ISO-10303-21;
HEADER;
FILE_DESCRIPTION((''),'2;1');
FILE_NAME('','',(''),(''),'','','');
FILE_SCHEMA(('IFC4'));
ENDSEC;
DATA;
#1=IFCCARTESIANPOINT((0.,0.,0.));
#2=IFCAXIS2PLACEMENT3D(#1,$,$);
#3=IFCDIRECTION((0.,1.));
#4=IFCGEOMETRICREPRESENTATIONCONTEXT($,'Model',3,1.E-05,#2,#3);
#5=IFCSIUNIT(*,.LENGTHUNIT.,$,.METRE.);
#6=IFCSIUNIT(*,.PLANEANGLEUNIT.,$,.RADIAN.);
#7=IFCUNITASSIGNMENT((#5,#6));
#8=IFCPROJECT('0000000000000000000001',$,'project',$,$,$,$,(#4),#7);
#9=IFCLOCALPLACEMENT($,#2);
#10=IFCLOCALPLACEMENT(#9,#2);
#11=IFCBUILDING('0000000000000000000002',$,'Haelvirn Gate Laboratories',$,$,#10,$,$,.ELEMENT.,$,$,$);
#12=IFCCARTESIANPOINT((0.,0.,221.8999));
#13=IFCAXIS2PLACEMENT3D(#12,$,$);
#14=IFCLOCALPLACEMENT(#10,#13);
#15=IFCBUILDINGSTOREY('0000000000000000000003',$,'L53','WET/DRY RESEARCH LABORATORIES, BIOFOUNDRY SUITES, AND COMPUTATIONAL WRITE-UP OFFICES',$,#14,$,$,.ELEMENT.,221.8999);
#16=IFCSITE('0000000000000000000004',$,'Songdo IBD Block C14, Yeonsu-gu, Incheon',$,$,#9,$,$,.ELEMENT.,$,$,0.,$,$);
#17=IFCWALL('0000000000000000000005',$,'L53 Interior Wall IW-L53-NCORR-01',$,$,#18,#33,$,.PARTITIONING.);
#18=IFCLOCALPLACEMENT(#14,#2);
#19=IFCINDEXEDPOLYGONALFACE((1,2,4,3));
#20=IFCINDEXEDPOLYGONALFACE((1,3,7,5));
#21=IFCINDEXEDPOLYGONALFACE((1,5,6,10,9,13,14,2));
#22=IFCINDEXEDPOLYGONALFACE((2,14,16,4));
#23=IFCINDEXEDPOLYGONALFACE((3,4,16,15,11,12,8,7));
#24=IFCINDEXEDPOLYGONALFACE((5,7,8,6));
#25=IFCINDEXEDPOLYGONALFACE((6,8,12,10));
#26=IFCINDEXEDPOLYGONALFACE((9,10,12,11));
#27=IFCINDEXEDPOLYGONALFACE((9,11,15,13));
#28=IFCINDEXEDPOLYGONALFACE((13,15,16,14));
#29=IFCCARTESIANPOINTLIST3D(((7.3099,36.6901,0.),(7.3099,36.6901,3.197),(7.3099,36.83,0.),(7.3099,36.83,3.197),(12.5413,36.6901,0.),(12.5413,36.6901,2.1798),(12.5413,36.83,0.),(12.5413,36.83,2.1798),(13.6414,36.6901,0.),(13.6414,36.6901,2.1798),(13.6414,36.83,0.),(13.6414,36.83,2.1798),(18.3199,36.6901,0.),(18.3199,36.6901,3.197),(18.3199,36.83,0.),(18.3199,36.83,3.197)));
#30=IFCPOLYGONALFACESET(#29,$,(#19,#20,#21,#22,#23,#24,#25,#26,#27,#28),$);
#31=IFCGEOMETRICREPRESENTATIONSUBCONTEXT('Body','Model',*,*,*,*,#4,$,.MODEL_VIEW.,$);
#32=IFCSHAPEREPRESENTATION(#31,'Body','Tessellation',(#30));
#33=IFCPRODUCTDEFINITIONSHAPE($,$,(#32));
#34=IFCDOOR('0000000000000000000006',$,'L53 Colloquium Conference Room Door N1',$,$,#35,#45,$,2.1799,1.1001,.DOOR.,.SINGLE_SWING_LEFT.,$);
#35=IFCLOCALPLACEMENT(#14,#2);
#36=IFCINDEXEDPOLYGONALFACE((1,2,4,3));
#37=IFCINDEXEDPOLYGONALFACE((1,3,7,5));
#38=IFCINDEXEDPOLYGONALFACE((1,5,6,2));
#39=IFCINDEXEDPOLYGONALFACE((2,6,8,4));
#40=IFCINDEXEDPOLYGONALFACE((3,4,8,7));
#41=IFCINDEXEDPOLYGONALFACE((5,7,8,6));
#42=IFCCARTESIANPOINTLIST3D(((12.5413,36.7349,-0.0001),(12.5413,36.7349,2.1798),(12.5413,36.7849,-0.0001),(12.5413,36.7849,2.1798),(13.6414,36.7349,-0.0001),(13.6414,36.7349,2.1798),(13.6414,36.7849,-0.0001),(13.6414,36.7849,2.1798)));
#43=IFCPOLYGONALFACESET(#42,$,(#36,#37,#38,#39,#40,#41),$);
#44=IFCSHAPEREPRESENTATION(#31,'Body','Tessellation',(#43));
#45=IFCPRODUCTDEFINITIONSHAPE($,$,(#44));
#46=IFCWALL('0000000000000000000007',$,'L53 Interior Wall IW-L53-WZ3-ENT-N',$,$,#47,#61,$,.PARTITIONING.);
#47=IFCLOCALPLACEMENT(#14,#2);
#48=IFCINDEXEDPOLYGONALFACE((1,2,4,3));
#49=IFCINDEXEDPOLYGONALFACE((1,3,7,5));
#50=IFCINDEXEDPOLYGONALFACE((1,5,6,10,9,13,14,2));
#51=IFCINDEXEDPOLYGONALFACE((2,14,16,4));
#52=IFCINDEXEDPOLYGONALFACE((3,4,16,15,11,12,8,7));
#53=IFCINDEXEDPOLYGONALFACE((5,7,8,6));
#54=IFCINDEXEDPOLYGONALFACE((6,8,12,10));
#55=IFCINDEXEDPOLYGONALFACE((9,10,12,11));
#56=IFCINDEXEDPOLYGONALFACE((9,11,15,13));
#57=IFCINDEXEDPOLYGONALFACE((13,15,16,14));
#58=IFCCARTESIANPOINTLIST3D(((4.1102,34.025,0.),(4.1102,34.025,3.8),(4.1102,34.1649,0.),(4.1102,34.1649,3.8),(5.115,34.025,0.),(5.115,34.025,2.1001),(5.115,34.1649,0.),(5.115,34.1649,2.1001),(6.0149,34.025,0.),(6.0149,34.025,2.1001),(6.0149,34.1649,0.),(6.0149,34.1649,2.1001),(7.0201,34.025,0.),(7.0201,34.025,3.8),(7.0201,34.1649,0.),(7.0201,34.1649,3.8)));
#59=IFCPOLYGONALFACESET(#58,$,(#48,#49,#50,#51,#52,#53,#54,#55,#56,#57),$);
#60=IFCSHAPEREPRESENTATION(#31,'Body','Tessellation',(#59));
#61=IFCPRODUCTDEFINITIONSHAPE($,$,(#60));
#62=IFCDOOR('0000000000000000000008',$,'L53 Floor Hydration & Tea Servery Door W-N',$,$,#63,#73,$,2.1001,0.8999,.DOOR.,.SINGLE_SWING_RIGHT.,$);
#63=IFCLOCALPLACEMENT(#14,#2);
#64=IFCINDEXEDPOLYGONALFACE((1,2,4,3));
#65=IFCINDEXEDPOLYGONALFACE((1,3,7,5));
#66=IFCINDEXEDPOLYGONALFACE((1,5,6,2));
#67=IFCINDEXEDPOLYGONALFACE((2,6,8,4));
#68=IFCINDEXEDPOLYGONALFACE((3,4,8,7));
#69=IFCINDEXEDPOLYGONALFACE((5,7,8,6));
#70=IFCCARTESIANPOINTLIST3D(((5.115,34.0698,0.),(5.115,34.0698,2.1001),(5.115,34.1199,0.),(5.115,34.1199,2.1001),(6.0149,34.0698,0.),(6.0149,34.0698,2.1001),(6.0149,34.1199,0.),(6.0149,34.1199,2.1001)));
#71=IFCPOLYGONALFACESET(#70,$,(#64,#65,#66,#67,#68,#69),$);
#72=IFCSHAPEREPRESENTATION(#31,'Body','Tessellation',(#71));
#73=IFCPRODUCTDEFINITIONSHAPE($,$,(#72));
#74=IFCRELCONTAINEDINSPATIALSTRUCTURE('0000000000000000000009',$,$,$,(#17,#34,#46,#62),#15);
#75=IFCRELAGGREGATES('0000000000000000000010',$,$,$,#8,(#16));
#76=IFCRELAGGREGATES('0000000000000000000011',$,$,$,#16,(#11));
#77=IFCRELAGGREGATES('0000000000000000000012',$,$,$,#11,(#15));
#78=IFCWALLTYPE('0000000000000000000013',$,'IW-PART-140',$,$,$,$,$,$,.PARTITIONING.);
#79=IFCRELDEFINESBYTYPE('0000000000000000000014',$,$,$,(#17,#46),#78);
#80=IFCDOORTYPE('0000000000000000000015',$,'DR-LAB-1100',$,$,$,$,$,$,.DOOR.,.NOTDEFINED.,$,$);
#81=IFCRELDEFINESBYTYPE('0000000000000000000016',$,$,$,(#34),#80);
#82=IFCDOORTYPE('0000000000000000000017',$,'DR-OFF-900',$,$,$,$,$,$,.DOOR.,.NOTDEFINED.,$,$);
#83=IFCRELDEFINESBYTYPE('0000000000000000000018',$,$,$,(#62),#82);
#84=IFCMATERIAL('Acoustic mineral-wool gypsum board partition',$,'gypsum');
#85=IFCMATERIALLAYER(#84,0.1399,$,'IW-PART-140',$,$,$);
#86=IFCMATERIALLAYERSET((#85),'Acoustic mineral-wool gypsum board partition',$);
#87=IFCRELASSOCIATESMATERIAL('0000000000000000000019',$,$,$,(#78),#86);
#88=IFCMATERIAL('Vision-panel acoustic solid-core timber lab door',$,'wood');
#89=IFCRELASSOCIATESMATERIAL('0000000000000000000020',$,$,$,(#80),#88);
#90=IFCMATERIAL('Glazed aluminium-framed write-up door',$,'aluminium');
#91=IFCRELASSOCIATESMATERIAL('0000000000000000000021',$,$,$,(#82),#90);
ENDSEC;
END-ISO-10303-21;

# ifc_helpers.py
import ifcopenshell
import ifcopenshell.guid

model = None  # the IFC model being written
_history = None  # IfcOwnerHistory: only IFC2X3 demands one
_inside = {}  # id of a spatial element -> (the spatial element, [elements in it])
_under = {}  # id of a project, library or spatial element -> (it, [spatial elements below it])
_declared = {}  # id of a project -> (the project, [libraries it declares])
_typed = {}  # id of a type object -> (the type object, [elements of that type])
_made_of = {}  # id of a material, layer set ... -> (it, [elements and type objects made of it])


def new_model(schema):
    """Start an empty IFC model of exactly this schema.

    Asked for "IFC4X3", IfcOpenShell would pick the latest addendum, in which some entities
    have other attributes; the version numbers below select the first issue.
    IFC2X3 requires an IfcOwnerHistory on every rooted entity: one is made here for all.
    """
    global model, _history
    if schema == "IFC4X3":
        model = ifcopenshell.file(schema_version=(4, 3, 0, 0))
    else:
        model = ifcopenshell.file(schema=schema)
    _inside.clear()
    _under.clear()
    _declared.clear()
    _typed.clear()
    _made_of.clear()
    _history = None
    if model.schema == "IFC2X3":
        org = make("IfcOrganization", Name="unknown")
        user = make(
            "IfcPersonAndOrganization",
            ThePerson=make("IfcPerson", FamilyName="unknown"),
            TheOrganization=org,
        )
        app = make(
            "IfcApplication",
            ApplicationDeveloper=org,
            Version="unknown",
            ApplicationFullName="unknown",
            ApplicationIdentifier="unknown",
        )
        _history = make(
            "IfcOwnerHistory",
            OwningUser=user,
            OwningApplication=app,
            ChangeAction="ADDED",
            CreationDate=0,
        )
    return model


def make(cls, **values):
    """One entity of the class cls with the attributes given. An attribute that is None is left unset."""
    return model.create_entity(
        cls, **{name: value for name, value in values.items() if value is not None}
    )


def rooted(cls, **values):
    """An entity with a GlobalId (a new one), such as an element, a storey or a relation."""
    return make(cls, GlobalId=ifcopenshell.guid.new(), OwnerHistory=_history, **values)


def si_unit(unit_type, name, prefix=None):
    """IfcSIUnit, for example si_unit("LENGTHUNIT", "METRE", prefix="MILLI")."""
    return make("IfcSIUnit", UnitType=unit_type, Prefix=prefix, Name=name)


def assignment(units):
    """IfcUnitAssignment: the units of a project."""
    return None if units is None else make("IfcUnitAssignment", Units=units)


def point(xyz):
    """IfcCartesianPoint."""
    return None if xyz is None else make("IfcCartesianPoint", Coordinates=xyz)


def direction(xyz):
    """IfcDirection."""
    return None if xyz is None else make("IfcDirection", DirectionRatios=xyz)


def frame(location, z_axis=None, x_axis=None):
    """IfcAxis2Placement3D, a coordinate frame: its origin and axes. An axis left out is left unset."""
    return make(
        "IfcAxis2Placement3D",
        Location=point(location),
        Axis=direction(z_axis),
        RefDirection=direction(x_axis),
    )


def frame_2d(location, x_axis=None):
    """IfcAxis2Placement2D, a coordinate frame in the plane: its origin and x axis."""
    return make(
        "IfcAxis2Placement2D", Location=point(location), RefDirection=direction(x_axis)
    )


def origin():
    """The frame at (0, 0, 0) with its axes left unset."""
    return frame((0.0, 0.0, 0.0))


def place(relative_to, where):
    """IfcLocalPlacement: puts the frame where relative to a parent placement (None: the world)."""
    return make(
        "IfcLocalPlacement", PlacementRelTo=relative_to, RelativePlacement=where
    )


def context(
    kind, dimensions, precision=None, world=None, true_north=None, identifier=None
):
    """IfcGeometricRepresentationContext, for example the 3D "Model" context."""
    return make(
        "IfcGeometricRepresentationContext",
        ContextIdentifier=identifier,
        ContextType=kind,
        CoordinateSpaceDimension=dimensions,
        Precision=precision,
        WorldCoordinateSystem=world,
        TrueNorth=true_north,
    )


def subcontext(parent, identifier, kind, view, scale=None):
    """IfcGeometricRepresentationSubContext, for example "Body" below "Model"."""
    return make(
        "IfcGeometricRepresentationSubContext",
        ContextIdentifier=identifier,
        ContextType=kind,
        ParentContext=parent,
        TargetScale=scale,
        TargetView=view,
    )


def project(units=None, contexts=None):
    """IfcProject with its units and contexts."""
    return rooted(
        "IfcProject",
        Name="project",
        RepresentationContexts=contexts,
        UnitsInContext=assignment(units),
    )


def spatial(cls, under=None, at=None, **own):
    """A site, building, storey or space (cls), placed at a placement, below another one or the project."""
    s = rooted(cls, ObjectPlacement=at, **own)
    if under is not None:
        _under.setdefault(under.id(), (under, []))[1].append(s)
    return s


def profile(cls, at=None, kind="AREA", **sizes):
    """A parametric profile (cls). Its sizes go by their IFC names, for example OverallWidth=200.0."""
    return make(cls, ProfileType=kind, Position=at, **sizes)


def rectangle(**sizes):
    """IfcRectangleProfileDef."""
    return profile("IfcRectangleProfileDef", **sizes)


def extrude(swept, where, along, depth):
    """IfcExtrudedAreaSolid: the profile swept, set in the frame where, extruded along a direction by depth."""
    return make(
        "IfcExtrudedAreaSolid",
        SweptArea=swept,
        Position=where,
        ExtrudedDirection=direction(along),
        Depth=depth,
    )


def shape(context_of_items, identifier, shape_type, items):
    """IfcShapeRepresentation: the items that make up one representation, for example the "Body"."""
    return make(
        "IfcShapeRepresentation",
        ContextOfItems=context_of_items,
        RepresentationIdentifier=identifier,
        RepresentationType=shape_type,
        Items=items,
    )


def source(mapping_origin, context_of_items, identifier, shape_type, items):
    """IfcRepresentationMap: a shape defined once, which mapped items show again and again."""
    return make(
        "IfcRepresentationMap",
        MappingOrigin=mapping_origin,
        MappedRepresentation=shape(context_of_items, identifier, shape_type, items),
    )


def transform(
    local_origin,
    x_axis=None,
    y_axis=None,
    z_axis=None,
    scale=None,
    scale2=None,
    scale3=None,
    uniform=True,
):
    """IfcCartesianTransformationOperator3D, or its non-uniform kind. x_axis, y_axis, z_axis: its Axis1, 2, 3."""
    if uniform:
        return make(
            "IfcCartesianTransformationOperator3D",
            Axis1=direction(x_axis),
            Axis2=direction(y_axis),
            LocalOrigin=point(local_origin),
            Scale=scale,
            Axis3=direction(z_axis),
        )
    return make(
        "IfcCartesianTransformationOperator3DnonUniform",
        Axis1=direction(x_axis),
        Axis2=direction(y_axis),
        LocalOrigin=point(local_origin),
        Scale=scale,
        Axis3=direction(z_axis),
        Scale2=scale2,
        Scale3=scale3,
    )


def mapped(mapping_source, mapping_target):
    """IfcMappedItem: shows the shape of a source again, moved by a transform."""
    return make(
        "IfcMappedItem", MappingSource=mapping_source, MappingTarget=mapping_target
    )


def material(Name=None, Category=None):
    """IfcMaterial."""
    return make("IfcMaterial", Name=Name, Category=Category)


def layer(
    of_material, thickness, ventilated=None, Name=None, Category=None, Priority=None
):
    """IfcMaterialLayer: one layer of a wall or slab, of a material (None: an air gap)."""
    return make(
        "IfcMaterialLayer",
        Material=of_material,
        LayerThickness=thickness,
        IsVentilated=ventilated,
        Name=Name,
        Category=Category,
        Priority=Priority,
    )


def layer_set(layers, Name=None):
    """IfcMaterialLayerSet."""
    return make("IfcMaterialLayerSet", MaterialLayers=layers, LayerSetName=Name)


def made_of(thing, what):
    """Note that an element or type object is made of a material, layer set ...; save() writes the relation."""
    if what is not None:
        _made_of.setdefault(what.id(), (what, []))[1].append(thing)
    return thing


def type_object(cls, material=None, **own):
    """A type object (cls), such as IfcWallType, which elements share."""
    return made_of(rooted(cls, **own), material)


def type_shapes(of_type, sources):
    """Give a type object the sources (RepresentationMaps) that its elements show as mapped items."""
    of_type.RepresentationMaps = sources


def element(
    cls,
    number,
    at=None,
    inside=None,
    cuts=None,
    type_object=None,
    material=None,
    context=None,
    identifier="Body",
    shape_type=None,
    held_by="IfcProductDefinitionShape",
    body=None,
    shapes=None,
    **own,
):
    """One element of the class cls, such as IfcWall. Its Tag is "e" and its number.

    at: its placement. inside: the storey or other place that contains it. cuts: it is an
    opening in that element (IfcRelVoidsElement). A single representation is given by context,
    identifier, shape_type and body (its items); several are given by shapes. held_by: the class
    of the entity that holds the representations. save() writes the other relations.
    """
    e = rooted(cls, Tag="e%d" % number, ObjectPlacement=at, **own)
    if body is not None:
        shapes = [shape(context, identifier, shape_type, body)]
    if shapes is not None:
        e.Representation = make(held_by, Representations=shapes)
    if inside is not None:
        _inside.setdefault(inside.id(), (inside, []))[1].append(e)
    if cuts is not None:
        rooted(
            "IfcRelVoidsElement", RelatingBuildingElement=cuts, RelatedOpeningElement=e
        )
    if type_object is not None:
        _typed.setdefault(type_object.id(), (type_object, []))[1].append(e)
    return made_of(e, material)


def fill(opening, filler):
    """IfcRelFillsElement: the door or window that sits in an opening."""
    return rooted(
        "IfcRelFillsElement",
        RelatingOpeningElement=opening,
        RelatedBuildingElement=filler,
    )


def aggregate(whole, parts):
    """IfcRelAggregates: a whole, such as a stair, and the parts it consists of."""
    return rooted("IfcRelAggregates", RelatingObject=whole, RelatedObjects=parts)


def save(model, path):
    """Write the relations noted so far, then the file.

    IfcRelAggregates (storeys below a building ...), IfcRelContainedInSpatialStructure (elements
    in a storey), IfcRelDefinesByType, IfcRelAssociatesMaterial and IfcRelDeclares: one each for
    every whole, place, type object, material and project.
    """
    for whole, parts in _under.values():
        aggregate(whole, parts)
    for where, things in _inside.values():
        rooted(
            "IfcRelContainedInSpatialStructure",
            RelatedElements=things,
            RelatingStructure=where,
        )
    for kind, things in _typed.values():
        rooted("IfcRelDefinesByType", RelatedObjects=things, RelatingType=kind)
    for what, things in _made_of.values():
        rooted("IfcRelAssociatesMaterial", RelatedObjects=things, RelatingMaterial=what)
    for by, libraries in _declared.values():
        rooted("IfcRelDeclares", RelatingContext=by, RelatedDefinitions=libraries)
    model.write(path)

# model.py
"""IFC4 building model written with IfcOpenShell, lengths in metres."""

from ifc_helpers import new_model, si_unit, direction, frame, frame_2d, origin, place, context, subcontext, project, spatial, rectangle, extrude, source, transform, mapped, material, layer, layer_set, type_object, type_shapes, element, fill, save


model = new_model("IFC4")

# Units and contexts
model_context = context("Model", 3, precision=1e-05, world=origin(), true_north=direction((0.0, 1.0)))
body_context = subcontext(model_context, "Body", "Model", "MODEL_VIEW")
ifc_project = project(units=[si_unit("LENGTHUNIT", "METRE"), si_unit("PLANEANGLEUNIT", "RADIAN")], contexts=[model_context])

# Site, building, storey
site_placement = place(None, origin())
site = spatial("IfcSite", under=ifc_project, at=site_placement, Name="Songdo IBD Block C14, Yeonsu-gu, Incheon", CompositionType="ELEMENT", RefElevation=0.0)
building_placement = place(site_placement, origin())
building = spatial("IfcBuilding", under=site, at=building_placement, Name="Haelvirn Gate Laboratories", CompositionType="ELEMENT")
storey_placement = place(building_placement, frame((0.0, 0.0, 221.8999)))
storey = spatial("IfcBuildingStorey", under=building, at=storey_placement, Name="L53", Description="WET/DRY RESEARCH LABORATORIES, BIOFOUNDRY SUITES, AND COMPUTATIONAL WRITE-UP OFFICES", CompositionType="ELEMENT", Elevation=221.8999)

# Walls, openings, doors
ifc_material_1 = material(Name="Acoustic mineral-wool gypsum board partition", Category="gypsum")
ifc_layer_1 = layer(ifc_material_1, 0.1399, Name="IW-PART-140")
ifc_layer_set_1 = layer_set([ifc_layer_1], Name="Acoustic mineral-wool gypsum board partition")
wall_type_1 = type_object("IfcWallType", Name="IW-PART-140", PredefinedType="PARTITIONING", material=ifc_layer_set_1)
wall_1_placement = place(storey_placement, frame((7.3101, 36.76, 0.0), z_axis=(0.0, 0.0, 1.0), x_axis=(1.0, 0.0, 0.0)))
wall_1 = element("IfcWall", 1, at=wall_1_placement, inside=storey, type_object=wall_type_1, Name="L53 Interior Wall IW-L53-NCORR-01", PredefinedType="PARTITIONING", context=body_context, shape_type="SweptSolid", body=[
    extrude(rectangle(XDim=11.01, YDim=0.1399, at=frame_2d((5.5049, 0.0))), origin(), (0.0, 0.0, 1.0), 3.197),
])
opening_1_placement = place(wall_1_placement, frame((5.2312, 0.0, 0.0)))
opening_1 = element("IfcOpeningElement", 2, at=opening_1_placement, cuts=wall_1, PredefinedType="OPENING", context=body_context, shape_type="SweptSolid", body=[
    extrude(rectangle(XDim=1.1001, YDim=2.1799, at=frame_2d((0.55, 1.0898))), frame((0.0, 0.0801, 0.0), z_axis=(0.0, -1.0, 0.0), x_axis=(1.0, 0.0, 0.0)), (0.0, 0.0, 1.0), 0.1599),
])
ifc_material_2 = material(Name="Vision-panel acoustic solid-core timber lab door", Category="wood")
door_type_1 = type_object("IfcDoorType", Name="DR-LAB-1100", OperationType="NOTDEFINED", PredefinedType="DOOR", material=ifc_material_2)
shared_shape_1 = source(origin(), body_context, "Body", "SweptSolid", [
    extrude(rectangle(XDim=1.1001, YDim=2.1799, at=frame_2d((0.55, 1.0898))), frame((0.0, 0.0249, 0.0), z_axis=(0.0, -1.0, 0.0), x_axis=(1.0, 0.0, 0.0)), (0.0, 0.0, 1.0), 0.05),
])
type_shapes(door_type_1, [shared_shape_1])
door_1_placement = place(opening_1_placement, origin())
door_1 = element("IfcDoor", 3, at=door_1_placement, inside=storey, type_object=door_type_1, Name="L53 Colloquium Conference Room Door N1", OperationType="SINGLE_SWING_LEFT", OverallHeight=2.1799, OverallWidth=1.1001, PredefinedType="DOOR", context=body_context, shape_type="MappedRepresentation", body=[
    mapped(shared_shape_1, transform((0.0, 0.0, 0.0), scale=1.0)),
])
fill(opening_1, door_1)
wall_2_placement = place(storey_placement, frame((4.1101, 34.095, 0.0), z_axis=(0.0, 0.0, 1.0), x_axis=(1.0, 0.0, 0.0)))
wall_2 = element("IfcWall", 4, at=wall_2_placement, inside=storey, type_object=wall_type_1, Name="L53 Interior Wall IW-L53-WZ3-ENT-N", PredefinedType="PARTITIONING", context=body_context, shape_type="SweptSolid", body=[
    extrude(rectangle(XDim=2.9099, YDim=0.1399, at=frame_2d((1.4551, 0.0))), origin(), (0.0, 0.0, 1.0), 3.8),
])
opening_2_placement = place(wall_2_placement, frame((1.0049, 0.0, 0.0)))
opening_2 = element("IfcOpeningElement", 5, at=opening_2_placement, cuts=wall_2, PredefinedType="OPENING", context=body_context, shape_type="SweptSolid", body=[
    extrude(rectangle(XDim=0.8999, YDim=2.1001, at=frame_2d((0.45, 1.05))), frame((0.0, 0.0801, 0.0), z_axis=(0.0, -1.0, 0.0), x_axis=(1.0, 0.0, 0.0)), (0.0, 0.0, 1.0), 0.1599),
])
ifc_material_3 = material(Name="Glazed aluminium-framed write-up door", Category="aluminium")
door_type_2 = type_object("IfcDoorType", Name="DR-OFF-900", OperationType="NOTDEFINED", PredefinedType="DOOR", material=ifc_material_3)
shared_shape_2 = source(origin(), body_context, "Body", "SweptSolid", [
    extrude(rectangle(XDim=0.8999, YDim=2.1001, at=frame_2d((0.45, 1.05))), frame((0.0, 0.0249, 0.0), z_axis=(0.0, -1.0, 0.0), x_axis=(1.0, 0.0, 0.0)), (0.0, 0.0, 1.0), 0.05),
])
type_shapes(door_type_2, [shared_shape_2])
door_2_placement = place(opening_2_placement, origin())
door_2 = element("IfcDoor", 6, at=door_2_placement, inside=storey, type_object=door_type_2, Name="L53 Floor Hydration & Tea Servery Door W-N", OperationType="SINGLE_SWING_RIGHT", OverallHeight=2.1001, OverallWidth=0.8999, PredefinedType="DOOR", context=body_context, shape_type="MappedRepresentation", body=[
    mapped(shared_shape_2, transform((0.0, 0.0, 0.0), scale=1.0)),
])
fill(opening_2, door_2)

save(model, "model.ifc")
